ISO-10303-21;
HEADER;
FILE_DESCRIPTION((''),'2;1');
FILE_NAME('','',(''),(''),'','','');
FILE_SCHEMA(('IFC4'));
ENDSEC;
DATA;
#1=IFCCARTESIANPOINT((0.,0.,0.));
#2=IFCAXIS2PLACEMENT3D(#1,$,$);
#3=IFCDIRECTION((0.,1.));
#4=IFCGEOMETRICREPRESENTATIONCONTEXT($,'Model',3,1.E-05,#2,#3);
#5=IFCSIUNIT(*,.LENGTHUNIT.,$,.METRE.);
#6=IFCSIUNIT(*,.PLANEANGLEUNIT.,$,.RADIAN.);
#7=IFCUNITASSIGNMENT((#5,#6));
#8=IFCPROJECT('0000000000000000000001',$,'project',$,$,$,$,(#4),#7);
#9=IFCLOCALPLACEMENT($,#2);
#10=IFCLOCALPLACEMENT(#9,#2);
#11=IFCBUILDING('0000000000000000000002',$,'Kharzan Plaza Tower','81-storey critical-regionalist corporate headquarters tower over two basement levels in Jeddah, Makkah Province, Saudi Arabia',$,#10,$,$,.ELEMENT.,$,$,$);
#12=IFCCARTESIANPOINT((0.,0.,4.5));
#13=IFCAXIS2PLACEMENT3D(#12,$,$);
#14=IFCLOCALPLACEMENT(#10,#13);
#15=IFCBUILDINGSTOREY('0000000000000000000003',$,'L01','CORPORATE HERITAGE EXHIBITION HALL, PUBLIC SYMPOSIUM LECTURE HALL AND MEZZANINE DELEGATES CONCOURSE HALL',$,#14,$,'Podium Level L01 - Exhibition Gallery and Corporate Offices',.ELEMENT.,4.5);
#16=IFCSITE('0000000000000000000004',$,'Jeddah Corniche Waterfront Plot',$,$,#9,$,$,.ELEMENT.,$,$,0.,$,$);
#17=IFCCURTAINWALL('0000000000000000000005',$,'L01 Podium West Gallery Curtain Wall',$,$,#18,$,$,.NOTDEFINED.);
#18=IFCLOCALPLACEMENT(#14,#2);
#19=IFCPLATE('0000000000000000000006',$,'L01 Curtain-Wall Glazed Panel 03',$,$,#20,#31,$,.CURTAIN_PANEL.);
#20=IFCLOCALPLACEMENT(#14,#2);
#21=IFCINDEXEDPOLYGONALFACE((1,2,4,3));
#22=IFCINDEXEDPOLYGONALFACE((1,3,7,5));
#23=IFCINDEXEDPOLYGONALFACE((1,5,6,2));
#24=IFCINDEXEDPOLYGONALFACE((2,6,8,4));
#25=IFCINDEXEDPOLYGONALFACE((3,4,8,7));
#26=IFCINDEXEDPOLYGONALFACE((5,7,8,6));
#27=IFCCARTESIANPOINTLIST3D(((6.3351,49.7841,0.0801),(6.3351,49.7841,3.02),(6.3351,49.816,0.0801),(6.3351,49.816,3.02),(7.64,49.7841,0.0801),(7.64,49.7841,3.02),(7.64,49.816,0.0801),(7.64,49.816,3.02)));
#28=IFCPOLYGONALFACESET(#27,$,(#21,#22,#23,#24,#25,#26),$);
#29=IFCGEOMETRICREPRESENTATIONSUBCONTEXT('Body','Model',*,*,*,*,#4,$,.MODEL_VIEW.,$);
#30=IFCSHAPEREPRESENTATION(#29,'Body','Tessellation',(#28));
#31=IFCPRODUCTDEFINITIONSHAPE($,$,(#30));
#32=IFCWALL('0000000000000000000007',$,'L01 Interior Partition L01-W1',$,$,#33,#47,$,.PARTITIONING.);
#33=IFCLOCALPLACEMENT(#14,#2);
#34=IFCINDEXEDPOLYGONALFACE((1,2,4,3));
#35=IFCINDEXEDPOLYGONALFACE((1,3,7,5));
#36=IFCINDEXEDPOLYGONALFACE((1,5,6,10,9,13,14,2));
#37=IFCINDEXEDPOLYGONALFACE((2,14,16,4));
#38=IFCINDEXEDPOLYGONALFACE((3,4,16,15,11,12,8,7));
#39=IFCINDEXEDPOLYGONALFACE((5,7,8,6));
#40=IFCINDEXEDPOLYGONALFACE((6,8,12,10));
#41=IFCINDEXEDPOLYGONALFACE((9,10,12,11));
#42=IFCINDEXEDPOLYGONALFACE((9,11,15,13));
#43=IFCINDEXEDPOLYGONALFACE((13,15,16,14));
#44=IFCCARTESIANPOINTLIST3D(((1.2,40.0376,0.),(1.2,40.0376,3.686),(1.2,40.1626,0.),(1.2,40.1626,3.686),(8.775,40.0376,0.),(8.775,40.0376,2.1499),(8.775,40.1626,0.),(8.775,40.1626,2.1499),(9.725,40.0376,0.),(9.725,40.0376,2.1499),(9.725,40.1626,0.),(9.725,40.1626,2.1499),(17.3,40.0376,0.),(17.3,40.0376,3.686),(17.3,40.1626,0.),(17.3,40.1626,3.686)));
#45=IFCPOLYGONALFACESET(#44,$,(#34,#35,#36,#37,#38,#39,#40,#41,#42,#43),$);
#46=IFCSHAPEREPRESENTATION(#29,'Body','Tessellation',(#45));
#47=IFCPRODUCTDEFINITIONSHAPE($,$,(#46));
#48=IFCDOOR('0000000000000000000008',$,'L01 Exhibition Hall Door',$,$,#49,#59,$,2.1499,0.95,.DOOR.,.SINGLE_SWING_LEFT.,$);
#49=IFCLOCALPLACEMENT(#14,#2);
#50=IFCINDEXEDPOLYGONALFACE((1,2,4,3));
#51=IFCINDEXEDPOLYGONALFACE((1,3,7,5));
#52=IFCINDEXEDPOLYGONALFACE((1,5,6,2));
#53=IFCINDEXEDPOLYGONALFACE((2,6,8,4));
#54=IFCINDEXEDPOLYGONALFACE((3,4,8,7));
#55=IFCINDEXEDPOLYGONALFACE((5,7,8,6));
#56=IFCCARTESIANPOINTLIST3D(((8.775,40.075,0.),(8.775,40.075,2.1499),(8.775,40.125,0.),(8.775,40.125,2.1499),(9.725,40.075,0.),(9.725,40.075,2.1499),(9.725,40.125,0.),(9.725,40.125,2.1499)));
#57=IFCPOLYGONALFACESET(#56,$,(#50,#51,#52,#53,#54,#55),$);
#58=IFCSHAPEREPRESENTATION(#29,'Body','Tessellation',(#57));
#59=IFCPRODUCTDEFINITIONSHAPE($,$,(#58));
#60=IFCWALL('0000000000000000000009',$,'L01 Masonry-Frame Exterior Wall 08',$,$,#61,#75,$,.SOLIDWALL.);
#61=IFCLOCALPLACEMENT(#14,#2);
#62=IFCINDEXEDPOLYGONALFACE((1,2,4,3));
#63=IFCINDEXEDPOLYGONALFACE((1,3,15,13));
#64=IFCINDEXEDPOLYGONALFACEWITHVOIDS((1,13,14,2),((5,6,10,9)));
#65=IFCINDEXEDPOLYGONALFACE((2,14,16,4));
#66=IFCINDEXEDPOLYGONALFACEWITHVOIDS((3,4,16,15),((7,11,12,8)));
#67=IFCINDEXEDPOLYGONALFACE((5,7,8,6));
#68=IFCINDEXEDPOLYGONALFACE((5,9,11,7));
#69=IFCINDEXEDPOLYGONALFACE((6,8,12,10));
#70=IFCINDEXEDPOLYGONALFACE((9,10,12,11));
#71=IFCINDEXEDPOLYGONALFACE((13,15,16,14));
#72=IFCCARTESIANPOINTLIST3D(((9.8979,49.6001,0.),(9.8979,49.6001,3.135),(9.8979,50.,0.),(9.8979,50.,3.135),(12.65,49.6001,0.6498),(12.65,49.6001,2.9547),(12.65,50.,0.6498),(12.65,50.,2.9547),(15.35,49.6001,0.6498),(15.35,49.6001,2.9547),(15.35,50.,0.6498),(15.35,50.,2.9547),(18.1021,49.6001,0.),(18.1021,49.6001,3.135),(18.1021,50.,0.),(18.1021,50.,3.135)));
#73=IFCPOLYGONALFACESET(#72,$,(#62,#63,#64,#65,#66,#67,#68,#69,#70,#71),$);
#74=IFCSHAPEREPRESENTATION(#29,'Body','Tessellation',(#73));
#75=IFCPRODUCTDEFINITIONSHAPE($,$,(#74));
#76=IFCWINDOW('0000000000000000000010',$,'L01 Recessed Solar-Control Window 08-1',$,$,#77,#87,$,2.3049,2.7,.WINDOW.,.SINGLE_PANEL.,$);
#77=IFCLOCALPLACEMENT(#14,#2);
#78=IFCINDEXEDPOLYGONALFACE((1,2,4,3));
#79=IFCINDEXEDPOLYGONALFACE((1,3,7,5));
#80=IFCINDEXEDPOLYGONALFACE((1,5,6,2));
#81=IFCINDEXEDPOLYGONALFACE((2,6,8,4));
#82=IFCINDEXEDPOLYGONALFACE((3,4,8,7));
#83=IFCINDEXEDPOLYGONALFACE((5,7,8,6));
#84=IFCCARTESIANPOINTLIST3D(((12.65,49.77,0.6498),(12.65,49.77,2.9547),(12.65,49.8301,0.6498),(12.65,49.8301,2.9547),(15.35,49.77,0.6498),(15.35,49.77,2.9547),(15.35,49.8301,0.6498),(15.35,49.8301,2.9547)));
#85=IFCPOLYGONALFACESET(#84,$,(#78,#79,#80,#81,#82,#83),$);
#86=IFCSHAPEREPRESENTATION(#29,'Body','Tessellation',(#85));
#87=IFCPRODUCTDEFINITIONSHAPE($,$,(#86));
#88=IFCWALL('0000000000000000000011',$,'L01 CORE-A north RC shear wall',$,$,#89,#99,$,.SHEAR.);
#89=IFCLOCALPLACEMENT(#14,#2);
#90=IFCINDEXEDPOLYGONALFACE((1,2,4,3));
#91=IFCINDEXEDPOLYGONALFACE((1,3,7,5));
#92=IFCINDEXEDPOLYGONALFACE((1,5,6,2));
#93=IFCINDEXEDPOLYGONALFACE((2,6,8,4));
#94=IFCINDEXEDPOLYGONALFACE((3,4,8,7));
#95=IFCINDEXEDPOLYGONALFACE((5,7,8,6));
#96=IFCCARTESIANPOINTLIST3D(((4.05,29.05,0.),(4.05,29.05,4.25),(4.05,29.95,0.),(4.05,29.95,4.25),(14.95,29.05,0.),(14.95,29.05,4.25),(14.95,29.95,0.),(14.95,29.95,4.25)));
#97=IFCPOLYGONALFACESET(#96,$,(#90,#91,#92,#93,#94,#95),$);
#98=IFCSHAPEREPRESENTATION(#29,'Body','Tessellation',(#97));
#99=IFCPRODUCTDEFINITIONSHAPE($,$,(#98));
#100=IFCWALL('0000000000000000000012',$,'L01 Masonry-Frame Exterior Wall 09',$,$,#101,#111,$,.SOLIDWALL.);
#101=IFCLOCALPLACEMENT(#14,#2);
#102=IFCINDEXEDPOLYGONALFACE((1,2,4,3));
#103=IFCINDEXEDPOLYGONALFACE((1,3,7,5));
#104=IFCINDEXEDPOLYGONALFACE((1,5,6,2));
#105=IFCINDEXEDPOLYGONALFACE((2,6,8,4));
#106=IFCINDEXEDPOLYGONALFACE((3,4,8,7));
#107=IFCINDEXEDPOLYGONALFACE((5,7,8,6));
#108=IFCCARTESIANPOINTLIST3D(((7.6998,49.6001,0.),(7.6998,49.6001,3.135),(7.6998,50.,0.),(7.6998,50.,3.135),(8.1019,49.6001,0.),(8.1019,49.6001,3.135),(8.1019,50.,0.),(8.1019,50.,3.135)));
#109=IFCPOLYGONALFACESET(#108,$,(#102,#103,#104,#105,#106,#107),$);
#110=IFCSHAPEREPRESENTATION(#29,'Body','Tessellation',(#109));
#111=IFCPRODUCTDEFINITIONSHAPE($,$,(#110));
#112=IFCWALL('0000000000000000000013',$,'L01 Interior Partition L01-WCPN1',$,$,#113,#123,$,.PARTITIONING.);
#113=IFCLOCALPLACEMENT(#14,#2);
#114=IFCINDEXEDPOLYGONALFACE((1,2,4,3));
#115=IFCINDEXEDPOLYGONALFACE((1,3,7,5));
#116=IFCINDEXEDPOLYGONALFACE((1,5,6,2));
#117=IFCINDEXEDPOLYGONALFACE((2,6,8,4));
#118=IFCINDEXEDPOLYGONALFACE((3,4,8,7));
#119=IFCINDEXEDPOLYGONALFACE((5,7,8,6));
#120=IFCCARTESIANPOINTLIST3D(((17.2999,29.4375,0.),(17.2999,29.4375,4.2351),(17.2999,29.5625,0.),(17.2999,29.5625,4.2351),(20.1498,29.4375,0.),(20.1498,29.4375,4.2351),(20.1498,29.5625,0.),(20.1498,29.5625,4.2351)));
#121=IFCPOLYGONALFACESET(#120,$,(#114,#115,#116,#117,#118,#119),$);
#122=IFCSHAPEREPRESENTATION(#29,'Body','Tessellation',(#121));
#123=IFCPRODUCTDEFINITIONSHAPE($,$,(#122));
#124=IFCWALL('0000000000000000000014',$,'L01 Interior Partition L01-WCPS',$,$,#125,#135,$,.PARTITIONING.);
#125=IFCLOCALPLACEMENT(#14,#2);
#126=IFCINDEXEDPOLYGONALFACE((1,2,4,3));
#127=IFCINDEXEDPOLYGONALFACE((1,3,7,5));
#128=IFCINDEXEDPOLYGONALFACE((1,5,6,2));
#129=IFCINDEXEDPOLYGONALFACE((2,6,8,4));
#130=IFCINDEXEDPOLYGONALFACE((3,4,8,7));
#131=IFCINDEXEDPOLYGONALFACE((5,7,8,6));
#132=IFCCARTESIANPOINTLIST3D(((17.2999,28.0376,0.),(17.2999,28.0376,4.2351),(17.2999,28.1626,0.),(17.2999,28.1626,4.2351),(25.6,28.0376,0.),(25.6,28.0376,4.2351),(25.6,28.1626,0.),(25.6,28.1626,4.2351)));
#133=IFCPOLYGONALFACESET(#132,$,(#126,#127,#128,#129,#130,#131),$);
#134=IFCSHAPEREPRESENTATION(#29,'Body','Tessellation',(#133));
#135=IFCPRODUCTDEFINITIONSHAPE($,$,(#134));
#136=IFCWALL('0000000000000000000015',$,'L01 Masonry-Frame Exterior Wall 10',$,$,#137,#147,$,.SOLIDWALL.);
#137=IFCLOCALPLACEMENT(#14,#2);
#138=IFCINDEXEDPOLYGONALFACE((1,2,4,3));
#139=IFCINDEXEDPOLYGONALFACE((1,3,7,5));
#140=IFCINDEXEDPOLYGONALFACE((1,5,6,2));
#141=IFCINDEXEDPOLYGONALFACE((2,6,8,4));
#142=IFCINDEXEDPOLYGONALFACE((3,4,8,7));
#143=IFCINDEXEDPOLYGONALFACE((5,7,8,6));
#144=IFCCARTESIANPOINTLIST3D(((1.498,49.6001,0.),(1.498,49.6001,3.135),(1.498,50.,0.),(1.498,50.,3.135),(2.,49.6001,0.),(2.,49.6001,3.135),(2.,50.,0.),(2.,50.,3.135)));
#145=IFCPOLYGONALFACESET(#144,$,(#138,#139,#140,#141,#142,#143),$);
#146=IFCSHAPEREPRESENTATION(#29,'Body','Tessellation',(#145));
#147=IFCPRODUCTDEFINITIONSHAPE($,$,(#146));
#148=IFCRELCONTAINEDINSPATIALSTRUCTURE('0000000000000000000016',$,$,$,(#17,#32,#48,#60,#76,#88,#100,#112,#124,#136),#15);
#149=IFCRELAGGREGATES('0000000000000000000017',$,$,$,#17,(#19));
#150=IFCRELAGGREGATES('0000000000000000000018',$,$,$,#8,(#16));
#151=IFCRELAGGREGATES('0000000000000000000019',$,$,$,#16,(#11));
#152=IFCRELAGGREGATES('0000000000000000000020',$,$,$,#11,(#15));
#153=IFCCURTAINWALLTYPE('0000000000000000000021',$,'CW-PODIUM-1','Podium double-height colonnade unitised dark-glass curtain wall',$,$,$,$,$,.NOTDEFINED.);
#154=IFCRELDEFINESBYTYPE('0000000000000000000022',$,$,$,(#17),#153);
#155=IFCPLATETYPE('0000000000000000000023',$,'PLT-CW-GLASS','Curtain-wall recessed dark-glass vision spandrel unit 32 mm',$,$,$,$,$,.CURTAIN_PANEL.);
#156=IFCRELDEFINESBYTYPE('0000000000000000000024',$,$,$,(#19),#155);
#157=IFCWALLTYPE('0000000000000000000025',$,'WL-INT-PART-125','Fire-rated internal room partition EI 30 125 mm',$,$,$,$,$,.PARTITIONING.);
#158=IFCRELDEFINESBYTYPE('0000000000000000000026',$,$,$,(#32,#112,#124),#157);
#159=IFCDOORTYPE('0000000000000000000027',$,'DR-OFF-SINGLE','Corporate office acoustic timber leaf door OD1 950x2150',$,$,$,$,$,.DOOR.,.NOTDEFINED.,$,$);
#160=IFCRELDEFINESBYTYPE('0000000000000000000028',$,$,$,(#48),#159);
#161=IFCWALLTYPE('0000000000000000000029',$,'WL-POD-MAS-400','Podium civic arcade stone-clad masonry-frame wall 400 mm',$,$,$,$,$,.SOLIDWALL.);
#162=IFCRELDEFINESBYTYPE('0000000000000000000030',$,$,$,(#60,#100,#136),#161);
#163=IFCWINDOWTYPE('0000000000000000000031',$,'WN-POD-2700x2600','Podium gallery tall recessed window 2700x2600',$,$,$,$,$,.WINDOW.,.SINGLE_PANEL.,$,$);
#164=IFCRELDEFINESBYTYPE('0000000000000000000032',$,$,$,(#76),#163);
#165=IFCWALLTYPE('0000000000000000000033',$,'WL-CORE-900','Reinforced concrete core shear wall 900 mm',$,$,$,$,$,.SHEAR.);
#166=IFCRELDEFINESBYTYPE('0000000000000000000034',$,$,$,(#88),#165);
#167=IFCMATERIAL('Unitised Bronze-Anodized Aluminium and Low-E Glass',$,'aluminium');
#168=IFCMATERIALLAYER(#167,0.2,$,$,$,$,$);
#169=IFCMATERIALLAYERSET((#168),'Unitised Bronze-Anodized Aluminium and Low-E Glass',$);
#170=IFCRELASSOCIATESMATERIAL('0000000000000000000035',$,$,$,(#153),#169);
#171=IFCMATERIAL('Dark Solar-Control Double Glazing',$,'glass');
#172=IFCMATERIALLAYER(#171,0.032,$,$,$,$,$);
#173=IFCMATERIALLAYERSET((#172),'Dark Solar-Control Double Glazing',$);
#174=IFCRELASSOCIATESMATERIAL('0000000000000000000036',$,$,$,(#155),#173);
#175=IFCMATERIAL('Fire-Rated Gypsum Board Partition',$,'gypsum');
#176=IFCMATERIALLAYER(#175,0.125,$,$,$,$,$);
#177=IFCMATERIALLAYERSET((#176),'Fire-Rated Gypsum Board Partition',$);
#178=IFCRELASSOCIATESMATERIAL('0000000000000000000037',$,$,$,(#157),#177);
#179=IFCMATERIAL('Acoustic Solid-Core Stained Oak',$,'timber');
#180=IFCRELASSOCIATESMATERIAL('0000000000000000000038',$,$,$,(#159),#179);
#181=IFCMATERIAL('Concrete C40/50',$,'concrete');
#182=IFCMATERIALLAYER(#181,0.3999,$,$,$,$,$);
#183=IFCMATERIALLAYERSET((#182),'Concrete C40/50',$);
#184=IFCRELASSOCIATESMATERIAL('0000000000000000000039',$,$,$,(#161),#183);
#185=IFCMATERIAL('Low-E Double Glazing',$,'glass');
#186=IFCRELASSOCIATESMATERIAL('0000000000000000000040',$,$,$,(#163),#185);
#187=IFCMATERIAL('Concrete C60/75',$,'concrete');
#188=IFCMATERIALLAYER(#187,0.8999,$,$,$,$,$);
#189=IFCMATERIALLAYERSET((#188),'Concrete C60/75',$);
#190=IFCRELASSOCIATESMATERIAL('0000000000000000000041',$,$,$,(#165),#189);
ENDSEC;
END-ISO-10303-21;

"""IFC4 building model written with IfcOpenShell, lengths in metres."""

from ifc_helpers import new_model, si_unit, direction, frame, frame_2d, origin, origin_2d, place, context, subcontext, project, spatial, rectangle, extrude, source, transform, mapped, material, layer, layer_set, type_object, element, fill, aggregate, save


model = new_model("IFC4")

# Units and contexts
model_context = context("Model", 3, precision=1e-05, world=origin(), true_north=direction((0.0, 1.0)))
body_context = subcontext(model_context, "Body", "Model", "MODEL_VIEW")
ifc_project = project(units=[si_unit("LENGTHUNIT", "METRE"), si_unit("PLANEANGLEUNIT", "RADIAN")], contexts=[model_context])

# Site, building, storey
site_placement = place(None, origin())
site = spatial("IfcSite", under=ifc_project, at=site_placement, Name="Jeddah Corniche Waterfront Plot", CompositionType="ELEMENT", RefElevation=0.0)
building_placement = place(site_placement, origin())
building = spatial("IfcBuilding", under=site, at=building_placement, Name="Kharzan Plaza Tower", Description="81-storey critical-regionalist corporate headquarters tower over two basement levels in Jeddah, Makkah Province, Saudi Arabia", CompositionType="ELEMENT")
storey_placement = place(building_placement, frame((0.0, 0.0, 4.5)))
storey = spatial("IfcBuildingStorey", under=building, at=storey_placement, Name="L01", Description="CORPORATE HERITAGE EXHIBITION HALL, PUBLIC SYMPOSIUM LECTURE HALL AND MEZZANINE DELEGATES CONCOURSE HALL", LongName="Podium Level L01 - Exhibition Gallery and Corporate Offices", CompositionType="ELEMENT", Elevation=4.5)

# Shared definitions
ifc_material_1 = material(Name="Concrete C60/75", Category="concrete")

# Curtain wall, plate
ifc_material_2 = material(Name="Unitised Bronze-Anodized Aluminium and Low-E Glass", Category="aluminium")
ifc_layer_1 = layer(ifc_material_2, 0.2)
ifc_layer_set_1 = layer_set([ifc_layer_1], Name="Unitised Bronze-Anodized Aluminium and Low-E Glass")
curtain_wall_type = type_object("IfcCurtainWallType", Name="CW-PODIUM-1", Description="Podium double-height colonnade unitised dark-glass curtain wall", PredefinedType="NOTDEFINED", material=ifc_layer_set_1)
curtain_wall_placement = place(storey_placement, origin())
curtain_wall = element("IfcCurtainWall", 1, at=curtain_wall_placement, inside=storey, type_object=curtain_wall_type, Name="L01 Podium West Gallery Curtain Wall", PredefinedType="NOTDEFINED")
ifc_material_3 = material(Name="Dark Solar-Control Double Glazing", Category="glass")
ifc_layer_2 = layer(ifc_material_3, 0.032)
ifc_layer_set_2 = layer_set([ifc_layer_2], Name="Dark Solar-Control Double Glazing")
plate_type = type_object("IfcPlateType", Name="PLT-CW-GLASS", Description="Curtain-wall recessed dark-glass vision spandrel unit 32 mm", PredefinedType="CURTAIN_PANEL", material=ifc_layer_set_2)
shared_shape_1 = source(origin(), body_context, "Body", "SweptSolid", [
    extrude(rectangle(XDim=1.3049, YDim=0.032, at=origin_2d()), origin(), (0.0, 0.0, 1.0), 2.9399),
])
plate_1_placement = place(storey_placement, frame((6.9875, 49.8, 0.0801), z_axis=(0.0, 0.0, 1.0), x_axis=(1.0, 0.0, 0.0)))
plate_1 = element("IfcPlate", 2, at=plate_1_placement, type_object=plate_type, Name="L01 Curtain-Wall Glazed Panel 03", PredefinedType="CURTAIN_PANEL", context=body_context, shape_type="MappedRepresentation", body=[
    mapped(shared_shape_1, transform((0.0, 0.0, 0.0), x_axis=(1.0, 0.0, 0.0), y_axis=(0.0, 1.0, 0.0), z_axis=(0.0, 0.0, 1.0))),
])
aggregate(curtain_wall, [plate_1])

# Wall, opening, door
ifc_material_4 = material(Name="Fire-Rated Gypsum Board Partition", Category="gypsum")
ifc_layer_3 = layer(ifc_material_4, 0.125)
ifc_layer_set_3 = layer_set([ifc_layer_3], Name="Fire-Rated Gypsum Board Partition")
wall_type_1 = type_object("IfcWallType", Name="WL-INT-PART-125", Description="Fire-rated internal room partition EI 30 125 mm", PredefinedType="PARTITIONING", material=ifc_layer_set_3)
wall_1_placement = place(storey_placement, frame((1.2, 40.1001, 0.0), z_axis=(0.0, 0.0, 1.0), x_axis=(1.0, 0.0, 0.0)))
wall_1 = element("IfcWall", 3, at=wall_1_placement, inside=storey, type_object=wall_type_1, Name="L01 Interior Partition L01-W1", PredefinedType="PARTITIONING", context=body_context, shape_type="SweptSolid", body=[
    extrude(rectangle(XDim=16.1001, YDim=0.125, at=frame_2d((8.05, 0.0))), origin(), (0.0, 0.0, 1.0), 3.686),
])
opening_1_placement = place(wall_1_placement, frame((7.575, 0.0, 0.0)))
opening_1 = element("IfcOpeningElement", 4, at=opening_1_placement, cuts=wall_1, PredefinedType="OPENING", context=body_context, shape_type="SweptSolid", body=[
    extrude(rectangle(XDim=0.95, YDim=2.1499, at=frame_2d((0.4751, 1.075))), frame((0.0, 0.0725, 0.0), z_axis=(0.0, -1.0, 0.0), x_axis=(1.0, 0.0, 0.0)), (0.0, 0.0, 1.0), 0.145),
])
ifc_material_5 = material(Name="Acoustic Solid-Core Stained Oak", Category="timber")
door_type = type_object("IfcDoorType", Name="DR-OFF-SINGLE", Description="Corporate office acoustic timber leaf door OD1 950x2150", OperationType="NOTDEFINED", PredefinedType="DOOR", material=ifc_material_5)
shared_shape_2 = source(origin(), body_context, "Body", "SweptSolid", [
    extrude(rectangle(XDim=0.95, YDim=2.1499, at=frame_2d((0.4751, 1.075))), frame((0.0, 0.0249, 0.0), z_axis=(0.0, -1.0, 0.0), x_axis=(1.0, 0.0, 0.0)), (0.0, 0.0, 1.0), 0.05),
])
door_placement = place(opening_1_placement, origin())
door = element("IfcDoor", 5, at=door_placement, inside=storey, type_object=door_type, Name="L01 Exhibition Hall Door", OperationType="SINGLE_SWING_LEFT", OverallHeight=2.1499, OverallWidth=0.95, PredefinedType="DOOR", context=body_context, shape_type="MappedRepresentation", body=[
    mapped(shared_shape_2, transform((0.0, 0.0, 0.0), x_axis=(1.0, 0.0, 0.0), y_axis=(0.0, 1.0, 0.0), z_axis=(0.0, 0.0, 1.0))),
])
fill(opening_1, door)

# Wall, opening, window
ifc_material_6 = material(Name="Concrete C40/50", Category="concrete")
ifc_layer_4 = layer(ifc_material_6, 0.3999)
ifc_layer_set_4 = layer_set([ifc_layer_4], Name="Concrete C40/50")
wall_type_2 = type_object("IfcWallType", Name="WL-POD-MAS-400", Description="Podium civic arcade stone-clad masonry-frame wall 400 mm", PredefinedType="SOLIDWALL", material=ifc_layer_set_4)
wall_2_placement = place(storey_placement, frame((18.1021, 49.8, 0.0), z_axis=(0.0, 0.0, 1.0), x_axis=(-1.0, 0.0, 0.0)))
wall_2 = element("IfcWall", 6, at=wall_2_placement, inside=storey, type_object=wall_type_2, Name="L01 Masonry-Frame Exterior Wall 08", PredefinedType="SOLIDWALL", context=body_context, shape_type="SweptSolid", body=[
    extrude(rectangle(XDim=8.2041, YDim=0.3999, at=frame_2d((4.1021, 0.0))), origin(), (0.0, 0.0, 1.0), 3.135),
])
opening_2_placement = place(wall_2_placement, frame((2.752, 0.0, 0.6499)))
opening_2 = element("IfcOpeningElement", 7, at=opening_2_placement, cuts=wall_2, PredefinedType="OPENING", context=body_context, shape_type="SweptSolid", body=[
    extrude(rectangle(XDim=2.7, YDim=2.3049, at=frame_2d((1.3501, 1.1523))), frame((0.0, 0.21, 0.0), z_axis=(0.0, -1.0, 0.0), x_axis=(1.0, 0.0, 0.0)), (0.0, 0.0, 1.0), 0.4199),
])
ifc_material_7 = material(Name="Low-E Double Glazing", Category="glass")
window_type = type_object("IfcWindowType", Name="WN-POD-2700x2600", Description="Podium gallery tall recessed window 2700x2600", PartitioningType="SINGLE_PANEL", PredefinedType="WINDOW", material=ifc_material_7)
shared_shape_3 = source(origin(), body_context, "Body", "SweptSolid", [
    extrude(rectangle(XDim=2.7, YDim=2.3049, at=frame_2d((1.3501, 1.1523))), frame((0.0, 0.03, 0.0), z_axis=(0.0, -1.0, 0.0), x_axis=(1.0, 0.0, 0.0)), (0.0, 0.0, 1.0), 0.0601),
])
window_placement = place(opening_2_placement, origin())
window = element("IfcWindow", 8, at=window_placement, inside=storey, type_object=window_type, Name="L01 Recessed Solar-Control Window 08-1", OverallHeight=2.3049, OverallWidth=2.7, PartitioningType="SINGLE_PANEL", PredefinedType="WINDOW", context=body_context, shape_type="MappedRepresentation", body=[
    mapped(shared_shape_3, transform((0.0, 0.0, 0.0), x_axis=(1.0, 0.0, 0.0), y_axis=(0.0, 1.0, 0.0), z_axis=(0.0, 0.0, 1.0))),
])
fill(opening_2, window)

# Walls
ifc_layer_5 = layer(ifc_material_1, 0.8999)
ifc_layer_set_5 = layer_set([ifc_layer_5], Name="Concrete C60/75")
wall_type_3 = type_object("IfcWallType", Name="WL-CORE-900", Description="Reinforced concrete core shear wall 900 mm", PredefinedType="SHEAR", material=ifc_layer_set_5)
shared_shape_4 = source(origin(), body_context, "Body", "SweptSolid", [
    extrude(rectangle(XDim=10.8999, YDim=0.8999, at=frame_2d((5.45, 0.0))), origin(), (0.0, 0.0, 1.0), 4.25),
])
wall_3_placement = place(storey_placement, frame((4.05, 29.5, 0.0), z_axis=(0.0, 0.0, 1.0), x_axis=(1.0, 0.0, 0.0)))
element("IfcWall", 9, at=wall_3_placement, inside=storey, type_object=wall_type_3, Name="L01 CORE-A north RC shear wall", PredefinedType="SHEAR", context=body_context, shape_type="MappedRepresentation", body=[
    mapped(shared_shape_4, transform((0.0, 0.0, 0.0), x_axis=(1.0, 0.0, 0.0), y_axis=(0.0, 1.0, 0.0), z_axis=(0.0, 0.0, 1.0))),
])
shared_shape_5 = source(origin(), body_context, "Body", "SweptSolid", [
    extrude(rectangle(XDim=0.4021, YDim=0.3999, at=frame_2d((0.2012, 0.0))), origin(), (0.0, 0.0, 1.0), 3.135),
])
wall_4_placement = place(storey_placement, frame((8.1021, 49.8, 0.0), z_axis=(0.0, 0.0, 1.0), x_axis=(-1.0, 0.0, 0.0)))
element("IfcWall", 10, at=wall_4_placement, inside=storey, type_object=wall_type_2, Name="L01 Masonry-Frame Exterior Wall 09", PredefinedType="SOLIDWALL", context=body_context, shape_type="MappedRepresentation", body=[
    mapped(shared_shape_5, transform((0.0, 0.0, 0.0), x_axis=(1.0, 0.0, 0.0), y_axis=(0.0, 1.0, 0.0), z_axis=(0.0, 0.0, 1.0))),
])
shared_shape_6 = source(origin(), body_context, "Body", "SweptSolid", [
    extrude(rectangle(XDim=2.8499, YDim=0.125, at=frame_2d((1.4248, 0.0))), origin(), (0.0, 0.0, 1.0), 4.2351),
])
wall_5_placement = place(storey_placement, frame((17.3, 29.5, 0.0), z_axis=(0.0, 0.0, 1.0), x_axis=(1.0, 0.0, 0.0)))
element("IfcWall", 11, at=wall_5_placement, inside=storey, type_object=wall_type_1, Name="L01 Interior Partition L01-WCPN1", PredefinedType="PARTITIONING", context=body_context, shape_type="MappedRepresentation", body=[
    mapped(shared_shape_6, transform((0.0, 0.0, 0.0), x_axis=(1.0, 0.0, 0.0), y_axis=(0.0, 1.0, 0.0), z_axis=(0.0, 0.0, 1.0))),
])
shared_shape_7 = source(origin(), body_context, "Body", "SweptSolid", [
    extrude(rectangle(XDim=8.3, YDim=0.125, at=frame_2d((4.1499, 0.0))), origin(), (0.0, 0.0, 1.0), 4.2351),
])
wall_6_placement = place(storey_placement, frame((17.3, 28.1001, 0.0), z_axis=(0.0, 0.0, 1.0), x_axis=(1.0, 0.0, 0.0)))
element("IfcWall", 12, at=wall_6_placement, inside=storey, type_object=wall_type_1, Name="L01 Interior Partition L01-WCPS", PredefinedType="PARTITIONING", context=body_context, shape_type="MappedRepresentation", body=[
    mapped(shared_shape_7, transform((0.0, 0.0, 0.0), x_axis=(1.0, 0.0, 0.0), y_axis=(0.0, 1.0, 0.0), z_axis=(0.0, 0.0, 1.0))),
])
shared_shape_8 = source(origin(), body_context, "Body", "SweptSolid", [
    extrude(rectangle(XDim=0.502, YDim=0.3999, at=frame_2d((0.251, 0.0))), origin(), (0.0, 0.0, 1.0), 3.135),
])
wall_7_placement = place(storey_placement, frame((2.0, 49.8, 0.0), z_axis=(0.0, 0.0, 1.0), x_axis=(-1.0, 0.0, 0.0)))
element("IfcWall", 13, at=wall_7_placement, inside=storey, type_object=wall_type_2, Name="L01 Masonry-Frame Exterior Wall 10", PredefinedType="SOLIDWALL", context=body_context, shape_type="MappedRepresentation", body=[
    mapped(shared_shape_8, transform((0.0, 0.0, 0.0), x_axis=(1.0, 0.0, 0.0), y_axis=(0.0, 1.0, 0.0), z_axis=(0.0, 0.0, 1.0))),
])

save(model, "model.ifc")
